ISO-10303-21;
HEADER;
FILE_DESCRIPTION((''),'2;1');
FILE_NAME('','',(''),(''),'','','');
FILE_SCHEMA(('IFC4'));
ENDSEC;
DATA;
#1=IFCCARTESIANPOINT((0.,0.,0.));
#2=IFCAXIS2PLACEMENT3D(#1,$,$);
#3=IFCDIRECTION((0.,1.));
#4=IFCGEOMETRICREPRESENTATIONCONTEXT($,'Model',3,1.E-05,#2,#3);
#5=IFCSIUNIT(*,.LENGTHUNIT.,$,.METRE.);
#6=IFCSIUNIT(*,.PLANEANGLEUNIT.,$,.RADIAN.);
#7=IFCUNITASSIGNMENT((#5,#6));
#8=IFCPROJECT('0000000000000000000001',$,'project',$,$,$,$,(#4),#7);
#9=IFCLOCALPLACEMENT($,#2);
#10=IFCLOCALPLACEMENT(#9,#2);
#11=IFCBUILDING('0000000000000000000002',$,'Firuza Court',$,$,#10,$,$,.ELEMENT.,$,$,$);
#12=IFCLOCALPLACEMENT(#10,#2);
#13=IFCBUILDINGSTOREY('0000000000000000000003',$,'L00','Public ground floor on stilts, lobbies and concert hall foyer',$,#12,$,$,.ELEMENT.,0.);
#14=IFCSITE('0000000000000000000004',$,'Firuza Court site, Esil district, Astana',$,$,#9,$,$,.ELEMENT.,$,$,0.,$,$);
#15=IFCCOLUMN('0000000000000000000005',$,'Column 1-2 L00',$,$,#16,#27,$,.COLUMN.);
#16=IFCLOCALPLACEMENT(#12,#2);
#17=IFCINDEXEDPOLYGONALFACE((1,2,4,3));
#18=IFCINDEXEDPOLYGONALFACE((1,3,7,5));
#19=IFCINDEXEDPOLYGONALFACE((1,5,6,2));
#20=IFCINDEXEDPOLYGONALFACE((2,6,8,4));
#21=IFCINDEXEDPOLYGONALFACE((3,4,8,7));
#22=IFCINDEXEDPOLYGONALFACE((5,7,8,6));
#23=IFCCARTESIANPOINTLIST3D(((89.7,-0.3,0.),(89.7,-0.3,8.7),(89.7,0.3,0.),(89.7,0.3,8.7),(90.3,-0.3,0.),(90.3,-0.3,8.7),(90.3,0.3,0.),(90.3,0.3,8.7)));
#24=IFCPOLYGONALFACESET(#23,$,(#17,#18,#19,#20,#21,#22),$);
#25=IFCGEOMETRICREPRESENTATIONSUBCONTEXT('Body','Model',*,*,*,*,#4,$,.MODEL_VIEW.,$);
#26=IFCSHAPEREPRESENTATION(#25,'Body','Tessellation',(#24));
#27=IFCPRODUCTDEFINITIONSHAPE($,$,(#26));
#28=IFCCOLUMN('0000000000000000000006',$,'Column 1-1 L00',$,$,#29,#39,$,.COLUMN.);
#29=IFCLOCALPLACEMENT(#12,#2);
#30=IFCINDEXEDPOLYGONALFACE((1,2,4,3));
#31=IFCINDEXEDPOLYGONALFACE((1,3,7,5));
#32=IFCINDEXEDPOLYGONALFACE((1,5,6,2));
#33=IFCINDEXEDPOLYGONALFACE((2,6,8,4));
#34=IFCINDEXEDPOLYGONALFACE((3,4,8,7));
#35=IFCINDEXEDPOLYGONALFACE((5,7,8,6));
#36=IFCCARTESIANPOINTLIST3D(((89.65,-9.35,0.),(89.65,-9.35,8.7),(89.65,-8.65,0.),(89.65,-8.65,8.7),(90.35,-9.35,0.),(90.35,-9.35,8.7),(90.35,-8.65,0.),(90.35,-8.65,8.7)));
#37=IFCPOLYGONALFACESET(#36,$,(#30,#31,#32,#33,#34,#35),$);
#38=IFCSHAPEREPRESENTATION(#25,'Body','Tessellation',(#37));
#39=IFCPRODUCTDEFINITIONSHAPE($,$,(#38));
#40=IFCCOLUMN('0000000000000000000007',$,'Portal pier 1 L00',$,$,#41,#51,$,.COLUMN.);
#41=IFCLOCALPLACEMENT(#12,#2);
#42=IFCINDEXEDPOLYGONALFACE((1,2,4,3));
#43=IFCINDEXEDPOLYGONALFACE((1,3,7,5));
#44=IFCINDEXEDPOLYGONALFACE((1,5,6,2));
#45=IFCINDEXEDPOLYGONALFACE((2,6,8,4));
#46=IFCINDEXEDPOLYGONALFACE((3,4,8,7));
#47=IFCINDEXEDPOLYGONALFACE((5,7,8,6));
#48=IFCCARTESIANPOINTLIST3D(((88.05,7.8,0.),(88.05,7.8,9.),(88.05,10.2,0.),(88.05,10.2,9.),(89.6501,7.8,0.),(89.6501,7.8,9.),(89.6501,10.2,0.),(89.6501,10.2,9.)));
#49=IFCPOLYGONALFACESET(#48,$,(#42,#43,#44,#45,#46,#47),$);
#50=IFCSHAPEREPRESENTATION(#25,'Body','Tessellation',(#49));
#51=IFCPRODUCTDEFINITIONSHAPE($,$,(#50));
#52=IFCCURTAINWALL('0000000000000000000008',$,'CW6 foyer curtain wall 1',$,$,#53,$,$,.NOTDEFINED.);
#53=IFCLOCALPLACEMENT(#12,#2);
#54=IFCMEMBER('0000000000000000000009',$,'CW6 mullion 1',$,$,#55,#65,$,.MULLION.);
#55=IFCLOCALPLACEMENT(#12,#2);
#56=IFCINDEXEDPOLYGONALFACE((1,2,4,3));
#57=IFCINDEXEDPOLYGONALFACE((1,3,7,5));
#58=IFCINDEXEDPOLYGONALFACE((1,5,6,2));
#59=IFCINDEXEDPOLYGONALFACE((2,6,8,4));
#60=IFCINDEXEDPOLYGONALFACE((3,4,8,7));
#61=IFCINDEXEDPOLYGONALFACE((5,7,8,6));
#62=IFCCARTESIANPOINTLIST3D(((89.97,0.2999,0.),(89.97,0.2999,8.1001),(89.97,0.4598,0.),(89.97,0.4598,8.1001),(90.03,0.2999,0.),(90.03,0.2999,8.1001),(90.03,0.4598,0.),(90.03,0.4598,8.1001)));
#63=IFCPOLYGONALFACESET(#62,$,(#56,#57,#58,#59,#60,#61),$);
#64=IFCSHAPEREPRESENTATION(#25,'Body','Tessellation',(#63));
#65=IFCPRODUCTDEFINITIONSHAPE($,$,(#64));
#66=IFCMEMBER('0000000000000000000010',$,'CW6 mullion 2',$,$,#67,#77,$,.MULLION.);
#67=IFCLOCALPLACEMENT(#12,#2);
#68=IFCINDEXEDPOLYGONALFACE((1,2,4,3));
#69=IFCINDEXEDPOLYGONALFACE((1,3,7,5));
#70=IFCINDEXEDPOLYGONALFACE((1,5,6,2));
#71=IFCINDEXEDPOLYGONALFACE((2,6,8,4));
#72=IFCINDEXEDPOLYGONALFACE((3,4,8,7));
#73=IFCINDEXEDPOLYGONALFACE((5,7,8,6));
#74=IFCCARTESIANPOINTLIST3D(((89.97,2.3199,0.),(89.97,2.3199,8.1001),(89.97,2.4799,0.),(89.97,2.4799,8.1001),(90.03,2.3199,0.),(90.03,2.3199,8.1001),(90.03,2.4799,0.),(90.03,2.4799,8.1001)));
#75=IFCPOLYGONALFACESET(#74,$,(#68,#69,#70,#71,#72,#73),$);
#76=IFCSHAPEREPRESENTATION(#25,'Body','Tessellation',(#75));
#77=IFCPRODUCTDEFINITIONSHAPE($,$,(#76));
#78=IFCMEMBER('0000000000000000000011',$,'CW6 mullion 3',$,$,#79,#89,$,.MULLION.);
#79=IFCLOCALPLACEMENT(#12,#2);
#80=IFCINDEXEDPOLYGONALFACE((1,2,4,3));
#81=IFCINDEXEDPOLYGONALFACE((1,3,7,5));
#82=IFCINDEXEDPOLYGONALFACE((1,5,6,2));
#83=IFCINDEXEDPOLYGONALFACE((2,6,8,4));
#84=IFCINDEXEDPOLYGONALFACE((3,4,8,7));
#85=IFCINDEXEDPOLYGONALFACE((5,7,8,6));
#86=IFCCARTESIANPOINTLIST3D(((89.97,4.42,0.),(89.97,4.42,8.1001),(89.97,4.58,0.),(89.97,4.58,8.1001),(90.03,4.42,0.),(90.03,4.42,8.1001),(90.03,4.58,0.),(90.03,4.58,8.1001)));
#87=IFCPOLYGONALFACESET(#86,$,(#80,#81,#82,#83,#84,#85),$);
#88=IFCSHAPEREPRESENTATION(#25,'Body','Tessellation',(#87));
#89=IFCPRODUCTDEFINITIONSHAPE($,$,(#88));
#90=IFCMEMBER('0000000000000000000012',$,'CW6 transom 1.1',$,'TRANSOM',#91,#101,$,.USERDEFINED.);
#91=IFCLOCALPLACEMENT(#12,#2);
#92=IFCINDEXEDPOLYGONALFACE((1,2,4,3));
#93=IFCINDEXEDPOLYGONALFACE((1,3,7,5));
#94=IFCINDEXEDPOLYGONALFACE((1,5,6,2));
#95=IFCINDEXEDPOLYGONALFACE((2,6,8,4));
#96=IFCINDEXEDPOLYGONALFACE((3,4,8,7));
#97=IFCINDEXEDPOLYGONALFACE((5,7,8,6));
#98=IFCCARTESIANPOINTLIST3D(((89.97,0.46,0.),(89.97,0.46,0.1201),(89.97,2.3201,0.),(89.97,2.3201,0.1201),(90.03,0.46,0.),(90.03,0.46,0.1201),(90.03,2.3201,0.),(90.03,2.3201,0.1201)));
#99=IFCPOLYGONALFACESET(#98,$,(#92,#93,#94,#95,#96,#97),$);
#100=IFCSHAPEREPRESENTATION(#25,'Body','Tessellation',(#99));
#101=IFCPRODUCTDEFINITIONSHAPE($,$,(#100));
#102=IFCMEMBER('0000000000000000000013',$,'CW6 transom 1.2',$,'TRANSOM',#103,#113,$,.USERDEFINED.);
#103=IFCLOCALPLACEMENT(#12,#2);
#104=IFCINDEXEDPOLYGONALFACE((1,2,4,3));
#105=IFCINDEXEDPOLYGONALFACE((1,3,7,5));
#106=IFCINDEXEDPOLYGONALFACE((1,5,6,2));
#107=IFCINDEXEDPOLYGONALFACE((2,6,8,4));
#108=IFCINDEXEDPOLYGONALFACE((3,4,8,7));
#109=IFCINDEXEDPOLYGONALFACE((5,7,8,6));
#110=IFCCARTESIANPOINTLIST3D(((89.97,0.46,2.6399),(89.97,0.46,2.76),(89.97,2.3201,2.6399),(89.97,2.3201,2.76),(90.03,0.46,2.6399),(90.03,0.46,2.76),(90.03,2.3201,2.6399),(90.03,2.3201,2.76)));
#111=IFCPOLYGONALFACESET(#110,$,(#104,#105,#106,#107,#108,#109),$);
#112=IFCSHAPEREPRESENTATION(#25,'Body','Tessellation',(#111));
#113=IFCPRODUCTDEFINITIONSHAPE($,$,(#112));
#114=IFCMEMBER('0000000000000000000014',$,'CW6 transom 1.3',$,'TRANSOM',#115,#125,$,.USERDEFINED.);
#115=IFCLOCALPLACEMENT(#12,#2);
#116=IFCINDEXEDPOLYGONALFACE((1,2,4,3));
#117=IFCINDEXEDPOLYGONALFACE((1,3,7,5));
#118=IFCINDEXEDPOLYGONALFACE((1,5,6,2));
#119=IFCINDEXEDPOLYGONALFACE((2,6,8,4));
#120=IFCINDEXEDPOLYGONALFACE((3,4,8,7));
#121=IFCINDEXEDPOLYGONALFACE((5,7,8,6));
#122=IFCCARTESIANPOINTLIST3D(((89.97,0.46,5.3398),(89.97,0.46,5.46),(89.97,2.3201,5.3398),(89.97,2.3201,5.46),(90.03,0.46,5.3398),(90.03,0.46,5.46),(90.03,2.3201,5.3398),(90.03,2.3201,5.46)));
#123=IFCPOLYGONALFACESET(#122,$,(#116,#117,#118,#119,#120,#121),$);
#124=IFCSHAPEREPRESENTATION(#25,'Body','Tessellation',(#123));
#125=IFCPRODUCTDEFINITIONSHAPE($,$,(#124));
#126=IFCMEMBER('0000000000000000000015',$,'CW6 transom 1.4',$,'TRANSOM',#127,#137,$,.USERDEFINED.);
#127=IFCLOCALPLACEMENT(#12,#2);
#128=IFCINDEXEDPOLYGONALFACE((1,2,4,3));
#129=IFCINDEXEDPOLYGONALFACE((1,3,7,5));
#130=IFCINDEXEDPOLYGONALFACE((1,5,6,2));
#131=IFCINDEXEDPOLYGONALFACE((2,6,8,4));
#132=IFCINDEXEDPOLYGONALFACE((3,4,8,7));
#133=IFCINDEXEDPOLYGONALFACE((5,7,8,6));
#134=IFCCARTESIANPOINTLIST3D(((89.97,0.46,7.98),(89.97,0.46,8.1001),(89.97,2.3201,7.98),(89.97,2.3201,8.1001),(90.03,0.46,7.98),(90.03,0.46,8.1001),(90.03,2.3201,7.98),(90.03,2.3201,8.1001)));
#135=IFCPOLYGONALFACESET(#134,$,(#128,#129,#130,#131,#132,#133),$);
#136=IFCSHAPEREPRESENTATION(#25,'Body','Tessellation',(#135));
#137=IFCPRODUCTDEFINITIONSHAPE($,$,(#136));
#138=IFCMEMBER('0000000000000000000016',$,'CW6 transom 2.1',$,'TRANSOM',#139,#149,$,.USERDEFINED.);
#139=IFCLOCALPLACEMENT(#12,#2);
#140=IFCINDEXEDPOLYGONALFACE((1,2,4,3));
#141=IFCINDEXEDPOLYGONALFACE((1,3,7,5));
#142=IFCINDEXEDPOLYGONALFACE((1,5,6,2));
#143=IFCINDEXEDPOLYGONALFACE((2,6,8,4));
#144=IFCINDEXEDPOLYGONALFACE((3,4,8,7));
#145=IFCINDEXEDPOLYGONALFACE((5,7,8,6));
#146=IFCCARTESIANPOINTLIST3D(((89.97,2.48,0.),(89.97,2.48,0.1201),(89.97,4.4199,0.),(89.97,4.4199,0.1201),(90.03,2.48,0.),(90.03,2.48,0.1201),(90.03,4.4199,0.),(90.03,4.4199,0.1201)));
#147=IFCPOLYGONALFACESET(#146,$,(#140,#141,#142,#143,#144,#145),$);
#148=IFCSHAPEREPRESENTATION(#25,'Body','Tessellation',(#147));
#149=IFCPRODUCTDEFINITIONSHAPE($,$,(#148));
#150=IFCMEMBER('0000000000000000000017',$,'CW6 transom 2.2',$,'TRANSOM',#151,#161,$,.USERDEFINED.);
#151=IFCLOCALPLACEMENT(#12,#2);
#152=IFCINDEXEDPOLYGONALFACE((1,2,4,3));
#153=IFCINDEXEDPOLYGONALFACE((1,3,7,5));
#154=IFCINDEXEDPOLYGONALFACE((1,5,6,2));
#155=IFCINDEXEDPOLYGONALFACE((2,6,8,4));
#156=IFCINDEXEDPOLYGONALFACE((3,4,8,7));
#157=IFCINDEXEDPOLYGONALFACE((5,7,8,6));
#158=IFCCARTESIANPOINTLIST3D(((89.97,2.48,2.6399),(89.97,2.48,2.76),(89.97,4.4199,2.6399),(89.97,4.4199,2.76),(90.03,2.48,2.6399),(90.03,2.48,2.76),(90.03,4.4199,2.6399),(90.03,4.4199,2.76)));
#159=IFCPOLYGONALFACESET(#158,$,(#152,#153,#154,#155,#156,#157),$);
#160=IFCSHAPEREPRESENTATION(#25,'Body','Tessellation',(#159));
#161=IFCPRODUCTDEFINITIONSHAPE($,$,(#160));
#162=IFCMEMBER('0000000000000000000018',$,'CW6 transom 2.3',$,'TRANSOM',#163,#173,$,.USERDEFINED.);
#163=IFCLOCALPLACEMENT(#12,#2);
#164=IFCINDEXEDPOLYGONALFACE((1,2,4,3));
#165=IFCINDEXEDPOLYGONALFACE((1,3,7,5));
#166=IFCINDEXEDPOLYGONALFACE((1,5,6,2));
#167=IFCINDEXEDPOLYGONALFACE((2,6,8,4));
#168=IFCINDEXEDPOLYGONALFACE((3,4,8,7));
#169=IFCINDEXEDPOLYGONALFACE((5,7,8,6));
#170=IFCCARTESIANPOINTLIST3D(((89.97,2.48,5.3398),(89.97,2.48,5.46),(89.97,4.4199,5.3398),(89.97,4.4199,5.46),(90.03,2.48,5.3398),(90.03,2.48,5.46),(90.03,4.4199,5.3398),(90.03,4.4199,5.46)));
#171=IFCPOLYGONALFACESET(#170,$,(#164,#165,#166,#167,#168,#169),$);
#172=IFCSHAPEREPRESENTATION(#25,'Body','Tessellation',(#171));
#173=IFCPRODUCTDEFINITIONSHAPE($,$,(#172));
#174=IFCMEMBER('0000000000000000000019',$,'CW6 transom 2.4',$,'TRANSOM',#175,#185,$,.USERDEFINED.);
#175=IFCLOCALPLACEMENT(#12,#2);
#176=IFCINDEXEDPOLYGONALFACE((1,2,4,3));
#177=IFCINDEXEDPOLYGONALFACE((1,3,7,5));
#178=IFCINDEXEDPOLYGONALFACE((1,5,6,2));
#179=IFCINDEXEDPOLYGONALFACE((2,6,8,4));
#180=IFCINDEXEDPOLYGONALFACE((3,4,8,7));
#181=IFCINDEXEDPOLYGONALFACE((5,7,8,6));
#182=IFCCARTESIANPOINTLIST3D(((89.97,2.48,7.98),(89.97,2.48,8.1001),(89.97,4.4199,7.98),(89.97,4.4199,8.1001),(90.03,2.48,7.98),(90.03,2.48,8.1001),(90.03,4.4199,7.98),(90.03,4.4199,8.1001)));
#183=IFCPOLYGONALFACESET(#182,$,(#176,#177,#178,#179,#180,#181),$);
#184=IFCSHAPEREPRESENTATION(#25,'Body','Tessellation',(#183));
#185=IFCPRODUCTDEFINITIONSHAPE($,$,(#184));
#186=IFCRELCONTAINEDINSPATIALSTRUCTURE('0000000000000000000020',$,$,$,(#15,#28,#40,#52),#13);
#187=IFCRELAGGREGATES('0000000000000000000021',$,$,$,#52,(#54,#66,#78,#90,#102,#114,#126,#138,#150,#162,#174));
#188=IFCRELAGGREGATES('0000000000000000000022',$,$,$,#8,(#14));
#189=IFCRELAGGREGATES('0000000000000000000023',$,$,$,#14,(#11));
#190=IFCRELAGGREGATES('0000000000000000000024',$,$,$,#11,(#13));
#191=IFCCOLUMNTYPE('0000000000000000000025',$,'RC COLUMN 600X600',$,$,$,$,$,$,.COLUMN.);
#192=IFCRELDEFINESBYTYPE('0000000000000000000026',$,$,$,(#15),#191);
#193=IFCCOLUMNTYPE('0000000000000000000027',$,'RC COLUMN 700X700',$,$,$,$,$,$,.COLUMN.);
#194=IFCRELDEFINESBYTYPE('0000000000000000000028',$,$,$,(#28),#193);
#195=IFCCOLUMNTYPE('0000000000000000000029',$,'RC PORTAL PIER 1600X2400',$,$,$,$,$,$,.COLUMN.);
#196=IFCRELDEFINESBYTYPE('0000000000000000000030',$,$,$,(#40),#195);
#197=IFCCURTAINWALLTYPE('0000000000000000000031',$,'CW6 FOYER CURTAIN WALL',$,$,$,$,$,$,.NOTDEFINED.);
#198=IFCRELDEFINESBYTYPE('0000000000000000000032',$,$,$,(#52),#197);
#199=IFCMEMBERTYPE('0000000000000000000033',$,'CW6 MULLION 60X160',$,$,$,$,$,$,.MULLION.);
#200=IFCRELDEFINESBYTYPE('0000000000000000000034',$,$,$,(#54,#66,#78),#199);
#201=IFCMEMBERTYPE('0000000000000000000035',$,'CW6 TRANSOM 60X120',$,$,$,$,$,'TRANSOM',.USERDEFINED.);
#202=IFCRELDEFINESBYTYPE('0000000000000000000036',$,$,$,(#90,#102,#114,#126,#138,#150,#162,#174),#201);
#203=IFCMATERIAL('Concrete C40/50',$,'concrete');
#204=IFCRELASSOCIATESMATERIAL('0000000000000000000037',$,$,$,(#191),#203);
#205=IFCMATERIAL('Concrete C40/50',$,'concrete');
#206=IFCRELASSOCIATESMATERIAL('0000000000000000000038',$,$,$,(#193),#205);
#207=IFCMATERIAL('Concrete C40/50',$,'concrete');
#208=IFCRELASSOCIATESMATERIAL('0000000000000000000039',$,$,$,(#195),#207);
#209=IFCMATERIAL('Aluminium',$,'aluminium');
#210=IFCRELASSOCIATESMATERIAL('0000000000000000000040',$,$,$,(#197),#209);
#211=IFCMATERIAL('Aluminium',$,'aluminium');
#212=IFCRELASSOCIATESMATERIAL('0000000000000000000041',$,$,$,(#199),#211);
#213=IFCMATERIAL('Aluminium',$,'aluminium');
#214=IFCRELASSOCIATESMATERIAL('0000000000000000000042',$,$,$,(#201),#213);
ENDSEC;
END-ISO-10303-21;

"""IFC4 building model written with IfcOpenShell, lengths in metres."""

from ifc_helpers import new_model, si_unit, direction, frame, origin, origin_2d, place, context, subcontext, project, spatial, rectangle, extrude, material, material_profile, profile_set, type_object, element, aggregate, save


model = new_model("IFC4")

# Units and contexts
model_context = context("Model", 3, precision=1e-05, world=origin(), true_north=direction((0.0, 1.0)))
body_context = subcontext(model_context, "Body", "Model", "MODEL_VIEW")
ifc_project = project(units=[si_unit("LENGTHUNIT", "METRE"), si_unit("PLANEANGLEUNIT", "RADIAN")], contexts=[model_context])

# Site, building, storey
site_placement = place(None, origin())
site = spatial("IfcSite", under=ifc_project, at=site_placement, Name="Firuza Court site, Esil district, Astana", CompositionType="ELEMENT", RefElevation=0.0)
building_placement = place(site_placement, origin())
building = spatial("IfcBuilding", under=site, at=building_placement, Name="Firuza Court", CompositionType="ELEMENT")
storey_placement = place(building_placement, origin())
storey = spatial("IfcBuildingStorey", under=building, at=storey_placement, Name="L00", Description="Public ground floor on stilts, lobbies and concert hall foyer", CompositionType="ELEMENT", Elevation=0.0)

# Columns
ifc_material_1 = material(Name="Concrete C40/50", Category="concrete")
ifc_material_profile_1 = material_profile(ifc_material_1, rectangle(XDim=0.6001, YDim=0.6001, at=origin_2d()), Name="RC 600X600")
ifc_profile_set_1 = profile_set([ifc_material_profile_1], Name="Concrete C40/50")
column_type_1 = type_object("IfcColumnType", Name="RC COLUMN 600X600", PredefinedType="COLUMN", material=ifc_profile_set_1)
column_1_placement = place(storey_placement, frame((90.0, 0.0, 0.0), z_axis=(0.0, 0.0, 1.0), x_axis=(1.0, 0.0, 0.0)))
element("IfcColumn", 1, at=column_1_placement, inside=storey, type_object=column_type_1, Name="Column 1-2 L00", PredefinedType="COLUMN", context=body_context, shape_type="SweptSolid", body=[
    extrude(rectangle(XDim=0.6001, YDim=0.6001, at=origin_2d()), origin(), (0.0, 0.0, 1.0), 8.7),
])
ifc_material_2 = material(Name="Concrete C40/50", Category="concrete")
ifc_material_profile_2 = material_profile(ifc_material_2, rectangle(XDim=0.7, YDim=0.7, at=origin_2d()), Name="RC 700X700")
ifc_profile_set_2 = profile_set([ifc_material_profile_2], Name="Concrete C40/50")
column_type_2 = type_object("IfcColumnType", Name="RC COLUMN 700X700", PredefinedType="COLUMN", material=ifc_profile_set_2)
column_2_placement = place(storey_placement, frame((90.0, -9.0, 0.0), z_axis=(0.0, 0.0, 1.0), x_axis=(1.0, 0.0, 0.0)))
element("IfcColumn", 2, at=column_2_placement, inside=storey, type_object=column_type_2, Name="Column 1-1 L00", PredefinedType="COLUMN", context=body_context, shape_type="SweptSolid", body=[
    extrude(rectangle(XDim=0.7, YDim=0.7, at=origin_2d()), origin(), (0.0, 0.0, 1.0), 8.7),
])
ifc_material_3 = material(Name="Concrete C40/50", Category="concrete")
ifc_material_profile_3 = material_profile(ifc_material_3, rectangle(XDim=1.6001, YDim=2.3999, at=origin_2d()), Name="RC 1600X2400")
ifc_profile_set_3 = profile_set([ifc_material_profile_3], Name="Concrete C40/50")
column_type_3 = type_object("IfcColumnType", Name="RC PORTAL PIER 1600X2400", PredefinedType="COLUMN", material=ifc_profile_set_3)
column_3_placement = place(storey_placement, frame((88.8501, 9.0, 0.0), z_axis=(0.0, 0.0, 1.0), x_axis=(1.0, 0.0, 0.0)))
element("IfcColumn", 3, at=column_3_placement, inside=storey, type_object=column_type_3, Name="Portal pier 1 L00", PredefinedType="COLUMN", context=body_context, shape_type="SweptSolid", body=[
    extrude(rectangle(XDim=1.6001, YDim=2.3999, at=origin_2d()), origin(), (0.0, 0.0, 1.0), 9.0),
])

# Curtain wall, members
ifc_material_4 = material(Name="Aluminium", Category="aluminium")
curtain_wall_type = type_object("IfcCurtainWallType", Name="CW6 FOYER CURTAIN WALL", PredefinedType="NOTDEFINED", material=ifc_material_4)
curtain_wall_placement = place(storey_placement, origin())
curtain_wall = element("IfcCurtainWall", 4, at=curtain_wall_placement, inside=storey, type_object=curtain_wall_type, Name="CW6 foyer curtain wall 1", PredefinedType="NOTDEFINED")
ifc_material_5 = material(Name="Aluminium", Category="aluminium")
ifc_material_profile_4 = material_profile(ifc_material_5, rectangle(XDim=0.0601, YDim=0.1599, at=origin_2d()), Name="MULLION 60X160")
ifc_profile_set_4 = profile_set([ifc_material_profile_4], Name="Aluminium")
member_type_1 = type_object("IfcMemberType", Name="CW6 MULLION 60X160", PredefinedType="MULLION", material=ifc_profile_set_4)
member_1_placement = place(storey_placement, frame((90.0, 0.3799, 0.0), z_axis=(0.0, 0.0, 1.0), x_axis=(-1.0, 0.0, 0.0)))
member_1 = element("IfcMember", 5, at=member_1_placement, type_object=member_type_1, Name="CW6 mullion 1", PredefinedType="MULLION", context=body_context, shape_type="SweptSolid", body=[
    extrude(rectangle(XDim=0.0601, YDim=0.1599, at=origin_2d()), origin(), (0.0, 0.0, 1.0), 8.1001),
])
member_2_placement = place(storey_placement, frame((90.0, 2.3999, 0.0), z_axis=(0.0, 0.0, 1.0), x_axis=(-1.0, 0.0, 0.0)))
member_2 = element("IfcMember", 6, at=member_2_placement, type_object=member_type_1, Name="CW6 mullion 2", PredefinedType="MULLION", context=body_context, shape_type="SweptSolid", body=[
    extrude(rectangle(XDim=0.0601, YDim=0.1599, at=origin_2d()), origin(), (0.0, 0.0, 1.0), 8.1001),
])
member_3_placement = place(storey_placement, frame((90.0, 4.5, 0.0), z_axis=(0.0, 0.0, 1.0), x_axis=(-1.0, 0.0, 0.0)))
member_3 = element("IfcMember", 7, at=member_3_placement, type_object=member_type_1, Name="CW6 mullion 3", PredefinedType="MULLION", context=body_context, shape_type="SweptSolid", body=[
    extrude(rectangle(XDim=0.0601, YDim=0.1599, at=origin_2d()), origin(), (0.0, 0.0, 1.0), 8.1001),
])
ifc_material_6 = material(Name="Aluminium", Category="aluminium")
ifc_material_profile_5 = material_profile(ifc_material_6, rectangle(XDim=0.0601, YDim=0.1201, at=origin_2d()), Name="TRANSOM 60X120")
ifc_profile_set_5 = profile_set([ifc_material_profile_5], Name="Aluminium")
member_type_2 = type_object("IfcMemberType", Name="CW6 TRANSOM 60X120", ElementType="TRANSOM", PredefinedType="USERDEFINED", material=ifc_profile_set_5)
member_4_placement = place(storey_placement, frame((90.0, 0.46, 0.0601), z_axis=(0.0, 1.0, 0.0), x_axis=(-1.0, 0.0, 0.0)))
member_4 = element("IfcMember", 8, at=member_4_placement, type_object=member_type_2, Name="CW6 transom 1.1", ObjectType="TRANSOM", PredefinedType="USERDEFINED", context=body_context, shape_type="SweptSolid", body=[
    extrude(rectangle(XDim=0.0601, YDim=0.1201, at=origin_2d()), origin(), (0.0, 0.0, 1.0), 1.8601),
])
member_5_placement = place(storey_placement, frame((90.0, 0.46, 2.7), z_axis=(0.0, 1.0, 0.0), x_axis=(-1.0, 0.0, 0.0)))
member_5 = element("IfcMember", 9, at=member_5_placement, type_object=member_type_2, Name="CW6 transom 1.2", ObjectType="TRANSOM", PredefinedType="USERDEFINED", context=body_context, shape_type="SweptSolid", body=[
    extrude(rectangle(XDim=0.0601, YDim=0.1201, at=origin_2d()), origin(), (0.0, 0.0, 1.0), 1.8601),
])
member_6_placement = place(storey_placement, frame((90.0, 0.46, 5.3999), z_axis=(0.0, 1.0, 0.0), x_axis=(-1.0, 0.0, 0.0)))
member_6 = element("IfcMember", 10, at=member_6_placement, type_object=member_type_2, Name="CW6 transom 1.3", ObjectType="TRANSOM", PredefinedType="USERDEFINED", context=body_context, shape_type="SweptSolid", body=[
    extrude(rectangle(XDim=0.0601, YDim=0.1201, at=origin_2d()), origin(), (0.0, 0.0, 1.0), 1.8601),
])
member_7_placement = place(storey_placement, frame((90.0, 0.46, 8.04), z_axis=(0.0, 1.0, 0.0), x_axis=(-1.0, 0.0, 0.0)))
member_7 = element("IfcMember", 11, at=member_7_placement, type_object=member_type_2, Name="CW6 transom 1.4", ObjectType="TRANSOM", PredefinedType="USERDEFINED", context=body_context, shape_type="SweptSolid", body=[
    extrude(rectangle(XDim=0.0601, YDim=0.1201, at=origin_2d()), origin(), (0.0, 0.0, 1.0), 1.8601),
])
member_8_placement = place(storey_placement, frame((90.0, 2.48, 0.0601), z_axis=(0.0, 1.0, 0.0), x_axis=(-1.0, 0.0, 0.0)))
member_8 = element("IfcMember", 12, at=member_8_placement, type_object=member_type_2, Name="CW6 transom 2.1", ObjectType="TRANSOM", PredefinedType="USERDEFINED", context=body_context, shape_type="SweptSolid", body=[
    extrude(rectangle(XDim=0.0601, YDim=0.1201, at=origin_2d()), origin(), (0.0, 0.0, 1.0), 1.9399),
])
member_9_placement = place(storey_placement, frame((90.0, 2.48, 2.7), z_axis=(0.0, 1.0, 0.0), x_axis=(-1.0, 0.0, 0.0)))
member_9 = element("IfcMember", 13, at=member_9_placement, type_object=member_type_2, Name="CW6 transom 2.2", ObjectType="TRANSOM", PredefinedType="USERDEFINED", context=body_context, shape_type="SweptSolid", body=[
    extrude(rectangle(XDim=0.0601, YDim=0.1201, at=origin_2d()), origin(), (0.0, 0.0, 1.0), 1.9399),
])
member_10_placement = place(storey_placement, frame((90.0, 2.48, 5.3999), z_axis=(0.0, 1.0, 0.0), x_axis=(-1.0, 0.0, 0.0)))
member_10 = element("IfcMember", 14, at=member_10_placement, type_object=member_type_2, Name="CW6 transom 2.3", ObjectType="TRANSOM", PredefinedType="USERDEFINED", context=body_context, shape_type="SweptSolid", body=[
    extrude(rectangle(XDim=0.0601, YDim=0.1201, at=origin_2d()), origin(), (0.0, 0.0, 1.0), 1.9399),
])
member_11_placement = place(storey_placement, frame((90.0, 2.48, 8.04), z_axis=(0.0, 1.0, 0.0), x_axis=(-1.0, 0.0, 0.0)))
member_11 = element("IfcMember", 15, at=member_11_placement, type_object=member_type_2, Name="CW6 transom 2.4", ObjectType="TRANSOM", PredefinedType="USERDEFINED", context=body_context, shape_type="SweptSolid", body=[
    extrude(rectangle(XDim=0.0601, YDim=0.1201, at=origin_2d()), origin(), (0.0, 0.0, 1.0), 1.9399),
])

aggregate(curtain_wall, [member_1, member_2, member_3, member_4, member_5, member_6, member_7, member_8, member_9, member_10, member_11])

save(model, "model.ifc")
